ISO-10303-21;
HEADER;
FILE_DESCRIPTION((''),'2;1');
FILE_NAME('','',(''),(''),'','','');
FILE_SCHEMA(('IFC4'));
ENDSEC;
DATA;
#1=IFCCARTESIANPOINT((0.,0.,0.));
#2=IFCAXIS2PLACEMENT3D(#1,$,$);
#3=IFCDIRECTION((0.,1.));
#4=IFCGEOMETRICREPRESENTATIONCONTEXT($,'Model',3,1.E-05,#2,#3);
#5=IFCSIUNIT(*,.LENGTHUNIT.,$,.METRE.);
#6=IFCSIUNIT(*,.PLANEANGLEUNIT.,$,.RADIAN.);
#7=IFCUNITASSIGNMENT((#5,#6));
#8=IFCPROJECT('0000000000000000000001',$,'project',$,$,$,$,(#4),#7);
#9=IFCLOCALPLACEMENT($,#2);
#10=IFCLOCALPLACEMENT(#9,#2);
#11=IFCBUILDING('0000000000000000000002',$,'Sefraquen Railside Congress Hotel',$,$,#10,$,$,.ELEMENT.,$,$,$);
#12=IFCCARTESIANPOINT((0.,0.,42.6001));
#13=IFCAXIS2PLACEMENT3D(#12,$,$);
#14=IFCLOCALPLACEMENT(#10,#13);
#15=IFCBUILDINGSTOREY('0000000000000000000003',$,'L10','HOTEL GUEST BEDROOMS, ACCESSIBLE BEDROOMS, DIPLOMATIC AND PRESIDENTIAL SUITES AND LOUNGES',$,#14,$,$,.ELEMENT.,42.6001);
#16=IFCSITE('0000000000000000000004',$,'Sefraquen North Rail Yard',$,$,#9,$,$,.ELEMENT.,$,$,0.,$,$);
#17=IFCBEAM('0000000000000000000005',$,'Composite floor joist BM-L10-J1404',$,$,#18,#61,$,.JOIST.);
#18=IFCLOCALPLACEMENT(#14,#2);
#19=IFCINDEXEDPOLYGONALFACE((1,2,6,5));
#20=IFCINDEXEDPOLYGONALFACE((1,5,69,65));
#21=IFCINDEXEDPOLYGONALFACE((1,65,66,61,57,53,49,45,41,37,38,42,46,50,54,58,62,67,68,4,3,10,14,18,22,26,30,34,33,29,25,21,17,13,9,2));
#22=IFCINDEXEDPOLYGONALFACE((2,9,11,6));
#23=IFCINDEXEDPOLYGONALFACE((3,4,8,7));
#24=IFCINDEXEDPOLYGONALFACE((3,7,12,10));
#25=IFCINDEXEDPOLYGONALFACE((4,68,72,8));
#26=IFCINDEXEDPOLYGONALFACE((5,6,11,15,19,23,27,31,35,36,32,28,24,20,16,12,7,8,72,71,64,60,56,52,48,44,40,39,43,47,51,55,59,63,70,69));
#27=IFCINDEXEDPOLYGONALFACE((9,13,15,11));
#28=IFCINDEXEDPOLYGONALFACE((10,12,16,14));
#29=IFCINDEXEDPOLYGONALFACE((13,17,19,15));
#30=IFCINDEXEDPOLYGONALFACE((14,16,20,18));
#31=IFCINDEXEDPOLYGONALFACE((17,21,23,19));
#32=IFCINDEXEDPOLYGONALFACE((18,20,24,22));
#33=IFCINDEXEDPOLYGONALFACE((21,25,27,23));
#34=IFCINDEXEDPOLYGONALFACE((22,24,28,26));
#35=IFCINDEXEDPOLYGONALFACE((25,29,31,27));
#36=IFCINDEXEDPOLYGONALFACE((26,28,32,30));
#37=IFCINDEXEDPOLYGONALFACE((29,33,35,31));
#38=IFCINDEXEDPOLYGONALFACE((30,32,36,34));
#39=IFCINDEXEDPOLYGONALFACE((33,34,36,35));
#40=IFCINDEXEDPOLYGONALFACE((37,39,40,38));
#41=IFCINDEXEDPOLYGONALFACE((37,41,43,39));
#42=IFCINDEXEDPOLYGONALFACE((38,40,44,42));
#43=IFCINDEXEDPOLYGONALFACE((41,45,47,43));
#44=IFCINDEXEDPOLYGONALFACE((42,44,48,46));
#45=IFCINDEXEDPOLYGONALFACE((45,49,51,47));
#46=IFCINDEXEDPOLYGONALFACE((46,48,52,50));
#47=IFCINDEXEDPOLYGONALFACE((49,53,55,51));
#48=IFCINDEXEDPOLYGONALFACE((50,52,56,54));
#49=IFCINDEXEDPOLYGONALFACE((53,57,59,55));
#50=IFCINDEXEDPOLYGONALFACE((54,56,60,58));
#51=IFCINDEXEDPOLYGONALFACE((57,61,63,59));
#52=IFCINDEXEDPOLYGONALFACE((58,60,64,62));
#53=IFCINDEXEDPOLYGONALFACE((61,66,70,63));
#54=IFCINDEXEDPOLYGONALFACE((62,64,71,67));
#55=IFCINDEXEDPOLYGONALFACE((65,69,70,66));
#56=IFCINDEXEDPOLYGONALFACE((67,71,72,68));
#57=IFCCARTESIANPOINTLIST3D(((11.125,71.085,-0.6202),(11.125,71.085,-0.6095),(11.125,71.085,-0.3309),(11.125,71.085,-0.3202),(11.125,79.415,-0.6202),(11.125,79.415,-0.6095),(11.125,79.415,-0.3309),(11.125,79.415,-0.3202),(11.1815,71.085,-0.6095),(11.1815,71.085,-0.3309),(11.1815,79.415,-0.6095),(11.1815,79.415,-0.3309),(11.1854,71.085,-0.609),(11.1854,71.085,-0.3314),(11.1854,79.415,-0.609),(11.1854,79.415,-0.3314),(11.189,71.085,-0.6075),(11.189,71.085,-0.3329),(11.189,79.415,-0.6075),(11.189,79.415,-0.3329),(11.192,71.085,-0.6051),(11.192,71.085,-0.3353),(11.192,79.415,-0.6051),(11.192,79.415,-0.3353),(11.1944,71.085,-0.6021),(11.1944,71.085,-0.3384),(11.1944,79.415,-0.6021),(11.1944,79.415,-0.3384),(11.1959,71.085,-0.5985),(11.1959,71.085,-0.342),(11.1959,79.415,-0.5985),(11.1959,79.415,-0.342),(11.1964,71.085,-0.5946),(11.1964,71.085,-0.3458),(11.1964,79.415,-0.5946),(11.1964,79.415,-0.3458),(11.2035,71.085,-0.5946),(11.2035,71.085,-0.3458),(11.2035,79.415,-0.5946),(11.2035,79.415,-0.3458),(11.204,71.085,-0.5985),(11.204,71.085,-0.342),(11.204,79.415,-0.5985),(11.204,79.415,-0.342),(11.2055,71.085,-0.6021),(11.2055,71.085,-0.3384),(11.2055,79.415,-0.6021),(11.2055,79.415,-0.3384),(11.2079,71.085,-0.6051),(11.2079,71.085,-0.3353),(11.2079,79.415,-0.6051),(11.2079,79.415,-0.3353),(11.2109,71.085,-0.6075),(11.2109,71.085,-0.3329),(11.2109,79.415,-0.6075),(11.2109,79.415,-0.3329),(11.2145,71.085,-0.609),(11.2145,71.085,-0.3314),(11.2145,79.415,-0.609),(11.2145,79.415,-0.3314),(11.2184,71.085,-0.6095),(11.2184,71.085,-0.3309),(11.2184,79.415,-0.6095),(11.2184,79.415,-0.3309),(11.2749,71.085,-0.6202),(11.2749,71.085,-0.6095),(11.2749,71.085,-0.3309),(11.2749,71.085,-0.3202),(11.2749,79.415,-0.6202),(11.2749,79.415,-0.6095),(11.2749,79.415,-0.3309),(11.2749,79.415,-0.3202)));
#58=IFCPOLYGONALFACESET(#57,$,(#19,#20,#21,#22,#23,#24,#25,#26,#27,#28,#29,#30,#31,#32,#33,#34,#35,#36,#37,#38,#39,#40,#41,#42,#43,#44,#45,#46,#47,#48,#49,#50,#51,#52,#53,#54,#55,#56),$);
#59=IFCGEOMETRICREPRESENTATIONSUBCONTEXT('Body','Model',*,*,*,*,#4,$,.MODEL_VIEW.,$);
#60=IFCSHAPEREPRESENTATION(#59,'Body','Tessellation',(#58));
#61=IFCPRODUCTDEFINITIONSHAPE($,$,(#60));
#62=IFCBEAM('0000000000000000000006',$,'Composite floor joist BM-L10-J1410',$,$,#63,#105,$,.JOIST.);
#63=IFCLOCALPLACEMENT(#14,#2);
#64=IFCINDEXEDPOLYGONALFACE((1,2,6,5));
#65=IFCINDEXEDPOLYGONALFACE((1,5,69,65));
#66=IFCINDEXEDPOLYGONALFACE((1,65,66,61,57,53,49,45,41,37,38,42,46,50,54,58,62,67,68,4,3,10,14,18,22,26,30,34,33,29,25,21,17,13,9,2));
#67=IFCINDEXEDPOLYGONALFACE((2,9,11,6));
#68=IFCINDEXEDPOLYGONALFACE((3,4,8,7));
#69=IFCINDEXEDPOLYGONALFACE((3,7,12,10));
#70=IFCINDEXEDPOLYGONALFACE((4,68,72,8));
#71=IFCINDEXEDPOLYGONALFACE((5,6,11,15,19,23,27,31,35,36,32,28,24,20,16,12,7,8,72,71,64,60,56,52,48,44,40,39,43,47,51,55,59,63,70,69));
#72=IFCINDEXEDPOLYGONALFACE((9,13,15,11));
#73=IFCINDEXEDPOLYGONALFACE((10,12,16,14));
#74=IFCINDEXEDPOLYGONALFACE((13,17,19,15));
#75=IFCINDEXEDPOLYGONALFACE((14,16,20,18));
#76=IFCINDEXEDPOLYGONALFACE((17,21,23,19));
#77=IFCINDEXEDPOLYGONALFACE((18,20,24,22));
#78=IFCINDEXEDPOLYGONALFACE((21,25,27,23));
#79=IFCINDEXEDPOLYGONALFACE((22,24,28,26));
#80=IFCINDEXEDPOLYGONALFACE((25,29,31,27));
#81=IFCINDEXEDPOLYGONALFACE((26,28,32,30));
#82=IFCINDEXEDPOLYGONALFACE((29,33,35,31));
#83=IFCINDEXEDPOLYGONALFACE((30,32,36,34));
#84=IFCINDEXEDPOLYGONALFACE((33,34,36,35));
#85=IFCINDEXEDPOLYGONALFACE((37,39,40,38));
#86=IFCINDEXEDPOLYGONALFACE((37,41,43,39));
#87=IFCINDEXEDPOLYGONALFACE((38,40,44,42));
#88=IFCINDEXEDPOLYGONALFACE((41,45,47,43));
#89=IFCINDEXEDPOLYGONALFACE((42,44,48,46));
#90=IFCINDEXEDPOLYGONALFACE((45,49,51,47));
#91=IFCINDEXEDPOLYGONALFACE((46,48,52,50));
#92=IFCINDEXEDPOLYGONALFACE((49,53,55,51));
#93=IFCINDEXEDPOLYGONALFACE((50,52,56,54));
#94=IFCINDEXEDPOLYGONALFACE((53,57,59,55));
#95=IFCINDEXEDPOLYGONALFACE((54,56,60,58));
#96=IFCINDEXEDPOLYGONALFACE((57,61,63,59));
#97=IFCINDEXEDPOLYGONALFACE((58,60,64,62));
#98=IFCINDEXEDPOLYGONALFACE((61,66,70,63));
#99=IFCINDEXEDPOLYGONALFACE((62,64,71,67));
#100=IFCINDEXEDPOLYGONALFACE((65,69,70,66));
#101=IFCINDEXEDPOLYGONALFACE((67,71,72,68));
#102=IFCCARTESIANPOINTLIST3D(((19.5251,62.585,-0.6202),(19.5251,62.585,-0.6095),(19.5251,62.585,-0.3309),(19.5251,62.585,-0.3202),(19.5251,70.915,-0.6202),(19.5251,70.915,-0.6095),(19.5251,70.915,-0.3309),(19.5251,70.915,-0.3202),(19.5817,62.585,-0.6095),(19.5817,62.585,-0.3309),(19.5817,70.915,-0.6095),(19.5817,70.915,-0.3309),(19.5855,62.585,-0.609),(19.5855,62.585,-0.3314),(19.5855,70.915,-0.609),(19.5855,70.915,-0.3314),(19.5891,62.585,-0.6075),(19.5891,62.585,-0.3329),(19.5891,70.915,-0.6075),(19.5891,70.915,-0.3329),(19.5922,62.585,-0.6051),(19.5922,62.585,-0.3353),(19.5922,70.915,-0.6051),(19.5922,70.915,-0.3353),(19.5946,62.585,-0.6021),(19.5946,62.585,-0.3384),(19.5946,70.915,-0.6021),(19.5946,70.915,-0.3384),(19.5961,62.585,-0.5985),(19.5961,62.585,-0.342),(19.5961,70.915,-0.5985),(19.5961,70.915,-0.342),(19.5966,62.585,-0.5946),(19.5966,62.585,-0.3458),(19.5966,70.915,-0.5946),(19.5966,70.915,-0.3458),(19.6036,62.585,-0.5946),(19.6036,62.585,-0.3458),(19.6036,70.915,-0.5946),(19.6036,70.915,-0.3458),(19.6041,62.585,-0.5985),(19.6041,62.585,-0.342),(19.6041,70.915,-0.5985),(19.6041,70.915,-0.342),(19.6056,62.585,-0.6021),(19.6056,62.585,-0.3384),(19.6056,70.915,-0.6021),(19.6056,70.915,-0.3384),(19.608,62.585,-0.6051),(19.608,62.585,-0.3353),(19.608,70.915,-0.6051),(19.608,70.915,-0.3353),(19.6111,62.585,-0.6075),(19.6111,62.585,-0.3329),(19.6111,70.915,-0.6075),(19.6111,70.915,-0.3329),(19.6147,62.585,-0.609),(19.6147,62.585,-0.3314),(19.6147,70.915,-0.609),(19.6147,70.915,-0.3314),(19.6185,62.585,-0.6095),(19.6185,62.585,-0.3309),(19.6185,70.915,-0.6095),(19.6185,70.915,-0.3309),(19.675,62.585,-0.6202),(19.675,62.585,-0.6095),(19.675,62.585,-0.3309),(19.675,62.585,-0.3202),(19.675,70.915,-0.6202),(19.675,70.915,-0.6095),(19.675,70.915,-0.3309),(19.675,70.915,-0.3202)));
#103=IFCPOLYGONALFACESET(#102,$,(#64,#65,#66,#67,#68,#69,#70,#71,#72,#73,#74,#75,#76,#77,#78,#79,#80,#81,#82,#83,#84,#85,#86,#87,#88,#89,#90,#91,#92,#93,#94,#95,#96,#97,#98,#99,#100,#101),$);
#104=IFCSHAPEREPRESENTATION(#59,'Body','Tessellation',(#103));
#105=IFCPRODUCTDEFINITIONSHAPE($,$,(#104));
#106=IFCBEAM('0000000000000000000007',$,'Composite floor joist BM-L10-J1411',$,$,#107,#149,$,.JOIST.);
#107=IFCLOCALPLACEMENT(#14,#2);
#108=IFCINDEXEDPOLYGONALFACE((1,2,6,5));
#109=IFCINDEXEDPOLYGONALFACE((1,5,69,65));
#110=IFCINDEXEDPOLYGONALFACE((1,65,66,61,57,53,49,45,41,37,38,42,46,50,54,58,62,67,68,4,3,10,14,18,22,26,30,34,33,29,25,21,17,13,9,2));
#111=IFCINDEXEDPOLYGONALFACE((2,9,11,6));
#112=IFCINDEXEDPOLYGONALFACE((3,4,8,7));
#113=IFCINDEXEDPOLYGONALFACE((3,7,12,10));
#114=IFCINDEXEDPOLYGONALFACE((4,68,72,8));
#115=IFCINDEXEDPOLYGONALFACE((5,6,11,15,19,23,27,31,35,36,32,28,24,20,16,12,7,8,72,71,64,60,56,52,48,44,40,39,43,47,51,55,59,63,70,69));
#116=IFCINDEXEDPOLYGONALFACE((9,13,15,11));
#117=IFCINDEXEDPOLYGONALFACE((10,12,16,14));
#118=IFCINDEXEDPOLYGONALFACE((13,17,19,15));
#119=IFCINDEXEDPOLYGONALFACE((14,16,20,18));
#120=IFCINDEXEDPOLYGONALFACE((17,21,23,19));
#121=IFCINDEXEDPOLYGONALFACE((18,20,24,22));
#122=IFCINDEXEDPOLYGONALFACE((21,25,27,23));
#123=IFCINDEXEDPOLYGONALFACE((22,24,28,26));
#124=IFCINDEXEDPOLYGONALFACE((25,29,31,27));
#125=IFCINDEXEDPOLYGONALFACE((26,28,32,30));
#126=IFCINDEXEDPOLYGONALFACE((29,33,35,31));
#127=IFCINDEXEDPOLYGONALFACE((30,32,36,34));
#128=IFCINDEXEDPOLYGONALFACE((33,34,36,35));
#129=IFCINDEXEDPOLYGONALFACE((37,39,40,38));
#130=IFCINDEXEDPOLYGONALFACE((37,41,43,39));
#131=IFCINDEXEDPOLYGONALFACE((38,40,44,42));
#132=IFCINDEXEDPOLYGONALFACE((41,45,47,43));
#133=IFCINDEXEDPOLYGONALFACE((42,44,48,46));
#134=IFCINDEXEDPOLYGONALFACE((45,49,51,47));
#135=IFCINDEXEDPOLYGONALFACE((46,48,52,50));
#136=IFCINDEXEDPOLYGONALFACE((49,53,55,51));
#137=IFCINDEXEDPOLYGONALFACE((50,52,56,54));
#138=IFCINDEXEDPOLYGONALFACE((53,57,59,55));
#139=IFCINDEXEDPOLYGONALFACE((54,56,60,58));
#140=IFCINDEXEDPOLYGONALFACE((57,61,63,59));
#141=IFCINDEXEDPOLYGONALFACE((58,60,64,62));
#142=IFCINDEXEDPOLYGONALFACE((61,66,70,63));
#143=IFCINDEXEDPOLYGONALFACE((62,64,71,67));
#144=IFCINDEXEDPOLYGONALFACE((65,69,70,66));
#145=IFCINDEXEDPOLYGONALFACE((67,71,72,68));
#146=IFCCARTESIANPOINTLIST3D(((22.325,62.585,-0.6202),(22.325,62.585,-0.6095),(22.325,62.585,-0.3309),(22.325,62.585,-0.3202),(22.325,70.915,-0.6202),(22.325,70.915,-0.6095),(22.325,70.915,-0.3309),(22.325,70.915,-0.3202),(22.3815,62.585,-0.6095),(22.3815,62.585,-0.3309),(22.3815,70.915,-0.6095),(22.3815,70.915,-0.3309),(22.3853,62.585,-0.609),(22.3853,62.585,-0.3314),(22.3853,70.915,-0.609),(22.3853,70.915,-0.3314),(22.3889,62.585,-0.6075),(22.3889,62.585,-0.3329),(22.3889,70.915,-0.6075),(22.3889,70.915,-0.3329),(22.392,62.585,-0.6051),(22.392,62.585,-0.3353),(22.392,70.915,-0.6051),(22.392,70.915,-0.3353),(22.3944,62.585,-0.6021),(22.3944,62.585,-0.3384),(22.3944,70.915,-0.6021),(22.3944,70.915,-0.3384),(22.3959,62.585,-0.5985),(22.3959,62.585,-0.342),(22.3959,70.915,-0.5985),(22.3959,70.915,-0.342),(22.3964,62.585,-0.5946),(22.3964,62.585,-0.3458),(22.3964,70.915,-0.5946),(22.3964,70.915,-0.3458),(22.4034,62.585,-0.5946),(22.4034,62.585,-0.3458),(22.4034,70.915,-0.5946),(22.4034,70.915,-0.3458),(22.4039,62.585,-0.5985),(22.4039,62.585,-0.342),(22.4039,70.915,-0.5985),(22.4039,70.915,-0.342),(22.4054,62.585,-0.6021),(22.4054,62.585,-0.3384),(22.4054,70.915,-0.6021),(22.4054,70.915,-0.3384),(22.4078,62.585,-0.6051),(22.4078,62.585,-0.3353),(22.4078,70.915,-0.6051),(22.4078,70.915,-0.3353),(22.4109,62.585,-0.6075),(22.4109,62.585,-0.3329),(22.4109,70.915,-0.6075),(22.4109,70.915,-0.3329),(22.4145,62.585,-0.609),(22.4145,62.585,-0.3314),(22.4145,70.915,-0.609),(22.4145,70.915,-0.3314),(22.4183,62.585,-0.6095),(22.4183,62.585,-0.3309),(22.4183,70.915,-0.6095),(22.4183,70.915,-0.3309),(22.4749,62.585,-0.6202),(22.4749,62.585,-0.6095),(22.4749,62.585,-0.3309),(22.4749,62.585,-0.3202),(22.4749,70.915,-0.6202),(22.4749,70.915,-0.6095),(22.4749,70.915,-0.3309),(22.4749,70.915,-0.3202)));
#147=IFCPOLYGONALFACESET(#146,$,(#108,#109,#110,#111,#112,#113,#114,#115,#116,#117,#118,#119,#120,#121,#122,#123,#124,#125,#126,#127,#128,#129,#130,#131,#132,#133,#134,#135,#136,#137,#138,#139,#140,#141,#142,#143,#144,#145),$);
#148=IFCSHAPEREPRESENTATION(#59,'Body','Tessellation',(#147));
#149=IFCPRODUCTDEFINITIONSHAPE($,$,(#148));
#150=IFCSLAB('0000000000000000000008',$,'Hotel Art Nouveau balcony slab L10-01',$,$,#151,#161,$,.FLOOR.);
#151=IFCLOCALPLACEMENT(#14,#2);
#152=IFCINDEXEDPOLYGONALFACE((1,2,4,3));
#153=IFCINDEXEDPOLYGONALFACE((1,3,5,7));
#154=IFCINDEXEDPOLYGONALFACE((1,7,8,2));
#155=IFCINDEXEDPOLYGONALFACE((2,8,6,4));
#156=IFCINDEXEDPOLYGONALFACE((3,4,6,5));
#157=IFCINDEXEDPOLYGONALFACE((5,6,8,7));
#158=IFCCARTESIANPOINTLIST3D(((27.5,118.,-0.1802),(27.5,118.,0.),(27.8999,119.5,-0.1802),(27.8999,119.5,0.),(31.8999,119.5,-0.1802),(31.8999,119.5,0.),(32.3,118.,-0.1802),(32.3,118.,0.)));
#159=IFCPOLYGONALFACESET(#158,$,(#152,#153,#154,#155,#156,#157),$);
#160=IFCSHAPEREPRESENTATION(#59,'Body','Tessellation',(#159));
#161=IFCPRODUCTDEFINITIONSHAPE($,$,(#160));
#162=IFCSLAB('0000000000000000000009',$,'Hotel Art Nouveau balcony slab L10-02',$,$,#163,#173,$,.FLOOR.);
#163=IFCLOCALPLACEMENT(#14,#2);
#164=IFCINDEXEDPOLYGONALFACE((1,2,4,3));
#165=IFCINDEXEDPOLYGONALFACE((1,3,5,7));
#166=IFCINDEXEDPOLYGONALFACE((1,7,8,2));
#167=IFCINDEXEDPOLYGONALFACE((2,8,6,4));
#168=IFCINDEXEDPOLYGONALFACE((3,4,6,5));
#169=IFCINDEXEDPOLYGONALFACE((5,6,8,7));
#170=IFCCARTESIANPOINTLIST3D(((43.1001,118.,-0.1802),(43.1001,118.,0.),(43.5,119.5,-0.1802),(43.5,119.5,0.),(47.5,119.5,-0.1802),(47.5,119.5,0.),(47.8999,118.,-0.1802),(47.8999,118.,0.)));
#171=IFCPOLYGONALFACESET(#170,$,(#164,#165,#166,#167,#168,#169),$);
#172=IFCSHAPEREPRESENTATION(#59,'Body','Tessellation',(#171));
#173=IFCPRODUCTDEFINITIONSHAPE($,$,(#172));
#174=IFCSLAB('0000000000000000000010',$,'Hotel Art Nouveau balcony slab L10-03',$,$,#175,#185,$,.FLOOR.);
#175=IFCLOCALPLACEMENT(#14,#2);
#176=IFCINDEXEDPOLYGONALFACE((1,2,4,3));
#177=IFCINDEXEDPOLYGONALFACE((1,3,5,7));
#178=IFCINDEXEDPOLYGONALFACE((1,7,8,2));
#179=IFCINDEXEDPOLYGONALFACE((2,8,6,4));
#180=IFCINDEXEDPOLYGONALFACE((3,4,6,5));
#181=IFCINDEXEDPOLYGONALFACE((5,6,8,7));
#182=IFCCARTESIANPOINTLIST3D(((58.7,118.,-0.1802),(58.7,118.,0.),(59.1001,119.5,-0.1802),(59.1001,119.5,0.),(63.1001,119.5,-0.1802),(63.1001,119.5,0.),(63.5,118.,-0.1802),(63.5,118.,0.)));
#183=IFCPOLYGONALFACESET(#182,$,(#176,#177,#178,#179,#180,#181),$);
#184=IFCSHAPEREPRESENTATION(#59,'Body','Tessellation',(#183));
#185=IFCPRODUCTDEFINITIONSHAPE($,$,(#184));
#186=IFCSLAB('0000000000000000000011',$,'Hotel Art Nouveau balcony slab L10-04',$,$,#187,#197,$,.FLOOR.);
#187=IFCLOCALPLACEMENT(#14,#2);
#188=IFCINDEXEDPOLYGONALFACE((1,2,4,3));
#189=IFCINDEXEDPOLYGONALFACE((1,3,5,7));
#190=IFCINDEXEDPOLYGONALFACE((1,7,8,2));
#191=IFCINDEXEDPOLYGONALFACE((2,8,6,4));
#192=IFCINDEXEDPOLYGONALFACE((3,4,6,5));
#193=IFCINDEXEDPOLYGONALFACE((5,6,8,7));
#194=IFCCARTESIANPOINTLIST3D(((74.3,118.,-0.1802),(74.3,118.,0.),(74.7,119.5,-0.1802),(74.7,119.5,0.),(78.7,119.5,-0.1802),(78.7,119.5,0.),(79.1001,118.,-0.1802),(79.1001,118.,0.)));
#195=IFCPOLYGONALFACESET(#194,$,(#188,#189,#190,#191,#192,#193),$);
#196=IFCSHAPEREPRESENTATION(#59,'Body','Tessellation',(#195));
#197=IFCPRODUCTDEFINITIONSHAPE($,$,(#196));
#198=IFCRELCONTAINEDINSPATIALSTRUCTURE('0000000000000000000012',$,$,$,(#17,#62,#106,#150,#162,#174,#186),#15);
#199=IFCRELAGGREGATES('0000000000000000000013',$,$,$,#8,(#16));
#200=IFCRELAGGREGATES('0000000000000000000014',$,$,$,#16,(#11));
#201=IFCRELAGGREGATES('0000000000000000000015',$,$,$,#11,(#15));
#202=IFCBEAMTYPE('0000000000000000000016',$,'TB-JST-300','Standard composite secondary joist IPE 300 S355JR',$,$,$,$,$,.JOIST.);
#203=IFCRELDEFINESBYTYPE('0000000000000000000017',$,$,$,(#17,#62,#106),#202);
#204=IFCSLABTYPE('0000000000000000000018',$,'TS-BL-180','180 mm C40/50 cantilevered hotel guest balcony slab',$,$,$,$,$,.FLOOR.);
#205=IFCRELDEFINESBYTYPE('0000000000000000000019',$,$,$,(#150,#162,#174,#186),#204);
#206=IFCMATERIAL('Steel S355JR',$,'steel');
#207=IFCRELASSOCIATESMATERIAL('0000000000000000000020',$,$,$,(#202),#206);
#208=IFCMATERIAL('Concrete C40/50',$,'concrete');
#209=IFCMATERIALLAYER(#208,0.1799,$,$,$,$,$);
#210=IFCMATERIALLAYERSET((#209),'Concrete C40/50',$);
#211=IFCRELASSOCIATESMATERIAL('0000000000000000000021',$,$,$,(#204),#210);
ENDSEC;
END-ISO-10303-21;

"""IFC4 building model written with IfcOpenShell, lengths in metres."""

from ifc_helpers import new_model, si_unit, direction, frame, origin, origin_2d, place, context, subcontext, project, spatial, polyline, i_section, outline, extrude, material, layer, layer_set, material_profile, profile_set, type_object, element, save


model = new_model("IFC4")

# Units and contexts
model_context = context("Model", 3, precision=1e-05, world=origin(), true_north=direction((0.0, 1.0)))
body_context = subcontext(model_context, "Body", "Model", "MODEL_VIEW")
ifc_project = project(units=[si_unit("LENGTHUNIT", "METRE"), si_unit("PLANEANGLEUNIT", "RADIAN")], contexts=[model_context])

# Site, building, storey
site_placement = place(None, origin())
site = spatial("IfcSite", under=ifc_project, at=site_placement, Name="Sefraquen North Rail Yard", CompositionType="ELEMENT", RefElevation=0.0)
building_placement = place(site_placement, origin())
building = spatial("IfcBuilding", under=site, at=building_placement, Name="Sefraquen Railside Congress Hotel", CompositionType="ELEMENT")
storey_placement = place(building_placement, frame((0.0, 0.0, 42.6001)))
storey = spatial("IfcBuildingStorey", under=building, at=storey_placement, Name="L10", Description="HOTEL GUEST BEDROOMS, ACCESSIBLE BEDROOMS, DIPLOMATIC AND PRESIDENTIAL SUITES AND LOUNGES", CompositionType="ELEMENT", Elevation=42.6001)

# Beams
ifc_material_1 = material(Name="Steel S355JR", Category="steel")
ifc_material_profile_1 = material_profile(ifc_material_1, i_section(OverallWidth=0.1499, OverallDepth=0.3, WebThickness=0.0071, FlangeThickness=0.0107, FilletRadius=0.0149, at=origin_2d()), Name="IPE 300")
ifc_profile_set_1 = profile_set([ifc_material_profile_1], Name="Steel S355JR")
beam_type_1 = type_object("IfcBeamType", Name="TB-JST-300", Description="Standard composite secondary joist IPE 300 S355JR", PredefinedType="JOIST", material=ifc_profile_set_1)
for number, where, z_axis, x_axis, name in (
    (1, (11.2, 71.085, -0.4702), (0.0, 1.0, 0.0), (-1.0, 0.0, 0.0), "Composite floor joist BM-L10-J1404"),
    (2, (19.6001, 62.585, -0.4702), (0.0, 1.0, 0.0), (-1.0, 0.0, 0.0), "Composite floor joist BM-L10-J1410"),
    (3, (22.3999, 62.585, -0.4702), (0.0, 1.0, 0.0), (-1.0, 0.0, 0.0), "Composite floor joist BM-L10-J1411"),
):
    element("IfcBeam", number, at=place(storey_placement, frame(where, z_axis=z_axis, x_axis=x_axis)), inside=storey, type_object=beam_type_1, Name=name, PredefinedType="JOIST", context=body_context, shape_type="SweptSolid", body=[
        extrude(i_section(OverallWidth=0.1499, OverallDepth=0.3, WebThickness=0.0071, FlangeThickness=0.0107, FilletRadius=0.0149, at=origin_2d()), origin(), (0.0, 0.0, 1.0), 8.3301),
    ])

# Slabs
ifc_material_2 = material(Name="Concrete C40/50", Category="concrete")
ifc_layer_1 = layer(ifc_material_2, 0.1799)
ifc_layer_set_1 = layer_set([ifc_layer_1], Name="Concrete C40/50")
slab_type_1 = type_object("IfcSlabType", Name="TS-BL-180", Description="180 mm C40/50 cantilevered hotel guest balcony slab", PredefinedType="FLOOR", material=ifc_layer_set_1)
slab_1_placement = place(storey_placement, frame((0.0, 0.0, -0.1802)))
element("IfcSlab", 4, at=slab_1_placement, inside=storey, type_object=slab_type_1, Name="Hotel Art Nouveau balcony slab L10-01", PredefinedType="FLOOR", context=body_context, shape_type="SweptSolid", body=[
    extrude(outline(polyline([(27.5, 118.0), (32.3, 118.0), (31.8999, 119.5), (27.8999, 119.5), (27.5, 118.0)])), origin(), (0.0, 0.0, 1.0), 0.1802),
])
slab_2_placement = place(storey_placement, frame((0.0, 0.0, -0.1802)))
element("IfcSlab", 5, at=slab_2_placement, inside=storey, type_object=slab_type_1, Name="Hotel Art Nouveau balcony slab L10-02", PredefinedType="FLOOR", context=body_context, shape_type="SweptSolid", body=[
    extrude(outline(polyline([(43.1001, 118.0), (47.8999, 118.0), (47.5, 119.5), (43.5, 119.5), (43.1001, 118.0)])), origin(), (0.0, 0.0, 1.0), 0.1802),
])
slab_3_placement = place(storey_placement, frame((0.0, 0.0, -0.1802)))
element("IfcSlab", 6, at=slab_3_placement, inside=storey, type_object=slab_type_1, Name="Hotel Art Nouveau balcony slab L10-03", PredefinedType="FLOOR", context=body_context, shape_type="SweptSolid", body=[
    extrude(outline(polyline([(58.7, 118.0), (63.5, 118.0), (63.1001, 119.5), (59.1001, 119.5), (58.7, 118.0)])), origin(), (0.0, 0.0, 1.0), 0.1802),
])
slab_4_placement = place(storey_placement, frame((0.0, 0.0, -0.1802)))
element("IfcSlab", 7, at=slab_4_placement, inside=storey, type_object=slab_type_1, Name="Hotel Art Nouveau balcony slab L10-04", PredefinedType="FLOOR", context=body_context, shape_type="SweptSolid", body=[
    extrude(outline(polyline([(74.3, 118.0), (79.1001, 118.0), (78.7, 119.5), (74.7, 119.5), (74.3, 118.0)])), origin(), (0.0, 0.0, 1.0), 0.1802),
])

save(model, "model.ifc")
